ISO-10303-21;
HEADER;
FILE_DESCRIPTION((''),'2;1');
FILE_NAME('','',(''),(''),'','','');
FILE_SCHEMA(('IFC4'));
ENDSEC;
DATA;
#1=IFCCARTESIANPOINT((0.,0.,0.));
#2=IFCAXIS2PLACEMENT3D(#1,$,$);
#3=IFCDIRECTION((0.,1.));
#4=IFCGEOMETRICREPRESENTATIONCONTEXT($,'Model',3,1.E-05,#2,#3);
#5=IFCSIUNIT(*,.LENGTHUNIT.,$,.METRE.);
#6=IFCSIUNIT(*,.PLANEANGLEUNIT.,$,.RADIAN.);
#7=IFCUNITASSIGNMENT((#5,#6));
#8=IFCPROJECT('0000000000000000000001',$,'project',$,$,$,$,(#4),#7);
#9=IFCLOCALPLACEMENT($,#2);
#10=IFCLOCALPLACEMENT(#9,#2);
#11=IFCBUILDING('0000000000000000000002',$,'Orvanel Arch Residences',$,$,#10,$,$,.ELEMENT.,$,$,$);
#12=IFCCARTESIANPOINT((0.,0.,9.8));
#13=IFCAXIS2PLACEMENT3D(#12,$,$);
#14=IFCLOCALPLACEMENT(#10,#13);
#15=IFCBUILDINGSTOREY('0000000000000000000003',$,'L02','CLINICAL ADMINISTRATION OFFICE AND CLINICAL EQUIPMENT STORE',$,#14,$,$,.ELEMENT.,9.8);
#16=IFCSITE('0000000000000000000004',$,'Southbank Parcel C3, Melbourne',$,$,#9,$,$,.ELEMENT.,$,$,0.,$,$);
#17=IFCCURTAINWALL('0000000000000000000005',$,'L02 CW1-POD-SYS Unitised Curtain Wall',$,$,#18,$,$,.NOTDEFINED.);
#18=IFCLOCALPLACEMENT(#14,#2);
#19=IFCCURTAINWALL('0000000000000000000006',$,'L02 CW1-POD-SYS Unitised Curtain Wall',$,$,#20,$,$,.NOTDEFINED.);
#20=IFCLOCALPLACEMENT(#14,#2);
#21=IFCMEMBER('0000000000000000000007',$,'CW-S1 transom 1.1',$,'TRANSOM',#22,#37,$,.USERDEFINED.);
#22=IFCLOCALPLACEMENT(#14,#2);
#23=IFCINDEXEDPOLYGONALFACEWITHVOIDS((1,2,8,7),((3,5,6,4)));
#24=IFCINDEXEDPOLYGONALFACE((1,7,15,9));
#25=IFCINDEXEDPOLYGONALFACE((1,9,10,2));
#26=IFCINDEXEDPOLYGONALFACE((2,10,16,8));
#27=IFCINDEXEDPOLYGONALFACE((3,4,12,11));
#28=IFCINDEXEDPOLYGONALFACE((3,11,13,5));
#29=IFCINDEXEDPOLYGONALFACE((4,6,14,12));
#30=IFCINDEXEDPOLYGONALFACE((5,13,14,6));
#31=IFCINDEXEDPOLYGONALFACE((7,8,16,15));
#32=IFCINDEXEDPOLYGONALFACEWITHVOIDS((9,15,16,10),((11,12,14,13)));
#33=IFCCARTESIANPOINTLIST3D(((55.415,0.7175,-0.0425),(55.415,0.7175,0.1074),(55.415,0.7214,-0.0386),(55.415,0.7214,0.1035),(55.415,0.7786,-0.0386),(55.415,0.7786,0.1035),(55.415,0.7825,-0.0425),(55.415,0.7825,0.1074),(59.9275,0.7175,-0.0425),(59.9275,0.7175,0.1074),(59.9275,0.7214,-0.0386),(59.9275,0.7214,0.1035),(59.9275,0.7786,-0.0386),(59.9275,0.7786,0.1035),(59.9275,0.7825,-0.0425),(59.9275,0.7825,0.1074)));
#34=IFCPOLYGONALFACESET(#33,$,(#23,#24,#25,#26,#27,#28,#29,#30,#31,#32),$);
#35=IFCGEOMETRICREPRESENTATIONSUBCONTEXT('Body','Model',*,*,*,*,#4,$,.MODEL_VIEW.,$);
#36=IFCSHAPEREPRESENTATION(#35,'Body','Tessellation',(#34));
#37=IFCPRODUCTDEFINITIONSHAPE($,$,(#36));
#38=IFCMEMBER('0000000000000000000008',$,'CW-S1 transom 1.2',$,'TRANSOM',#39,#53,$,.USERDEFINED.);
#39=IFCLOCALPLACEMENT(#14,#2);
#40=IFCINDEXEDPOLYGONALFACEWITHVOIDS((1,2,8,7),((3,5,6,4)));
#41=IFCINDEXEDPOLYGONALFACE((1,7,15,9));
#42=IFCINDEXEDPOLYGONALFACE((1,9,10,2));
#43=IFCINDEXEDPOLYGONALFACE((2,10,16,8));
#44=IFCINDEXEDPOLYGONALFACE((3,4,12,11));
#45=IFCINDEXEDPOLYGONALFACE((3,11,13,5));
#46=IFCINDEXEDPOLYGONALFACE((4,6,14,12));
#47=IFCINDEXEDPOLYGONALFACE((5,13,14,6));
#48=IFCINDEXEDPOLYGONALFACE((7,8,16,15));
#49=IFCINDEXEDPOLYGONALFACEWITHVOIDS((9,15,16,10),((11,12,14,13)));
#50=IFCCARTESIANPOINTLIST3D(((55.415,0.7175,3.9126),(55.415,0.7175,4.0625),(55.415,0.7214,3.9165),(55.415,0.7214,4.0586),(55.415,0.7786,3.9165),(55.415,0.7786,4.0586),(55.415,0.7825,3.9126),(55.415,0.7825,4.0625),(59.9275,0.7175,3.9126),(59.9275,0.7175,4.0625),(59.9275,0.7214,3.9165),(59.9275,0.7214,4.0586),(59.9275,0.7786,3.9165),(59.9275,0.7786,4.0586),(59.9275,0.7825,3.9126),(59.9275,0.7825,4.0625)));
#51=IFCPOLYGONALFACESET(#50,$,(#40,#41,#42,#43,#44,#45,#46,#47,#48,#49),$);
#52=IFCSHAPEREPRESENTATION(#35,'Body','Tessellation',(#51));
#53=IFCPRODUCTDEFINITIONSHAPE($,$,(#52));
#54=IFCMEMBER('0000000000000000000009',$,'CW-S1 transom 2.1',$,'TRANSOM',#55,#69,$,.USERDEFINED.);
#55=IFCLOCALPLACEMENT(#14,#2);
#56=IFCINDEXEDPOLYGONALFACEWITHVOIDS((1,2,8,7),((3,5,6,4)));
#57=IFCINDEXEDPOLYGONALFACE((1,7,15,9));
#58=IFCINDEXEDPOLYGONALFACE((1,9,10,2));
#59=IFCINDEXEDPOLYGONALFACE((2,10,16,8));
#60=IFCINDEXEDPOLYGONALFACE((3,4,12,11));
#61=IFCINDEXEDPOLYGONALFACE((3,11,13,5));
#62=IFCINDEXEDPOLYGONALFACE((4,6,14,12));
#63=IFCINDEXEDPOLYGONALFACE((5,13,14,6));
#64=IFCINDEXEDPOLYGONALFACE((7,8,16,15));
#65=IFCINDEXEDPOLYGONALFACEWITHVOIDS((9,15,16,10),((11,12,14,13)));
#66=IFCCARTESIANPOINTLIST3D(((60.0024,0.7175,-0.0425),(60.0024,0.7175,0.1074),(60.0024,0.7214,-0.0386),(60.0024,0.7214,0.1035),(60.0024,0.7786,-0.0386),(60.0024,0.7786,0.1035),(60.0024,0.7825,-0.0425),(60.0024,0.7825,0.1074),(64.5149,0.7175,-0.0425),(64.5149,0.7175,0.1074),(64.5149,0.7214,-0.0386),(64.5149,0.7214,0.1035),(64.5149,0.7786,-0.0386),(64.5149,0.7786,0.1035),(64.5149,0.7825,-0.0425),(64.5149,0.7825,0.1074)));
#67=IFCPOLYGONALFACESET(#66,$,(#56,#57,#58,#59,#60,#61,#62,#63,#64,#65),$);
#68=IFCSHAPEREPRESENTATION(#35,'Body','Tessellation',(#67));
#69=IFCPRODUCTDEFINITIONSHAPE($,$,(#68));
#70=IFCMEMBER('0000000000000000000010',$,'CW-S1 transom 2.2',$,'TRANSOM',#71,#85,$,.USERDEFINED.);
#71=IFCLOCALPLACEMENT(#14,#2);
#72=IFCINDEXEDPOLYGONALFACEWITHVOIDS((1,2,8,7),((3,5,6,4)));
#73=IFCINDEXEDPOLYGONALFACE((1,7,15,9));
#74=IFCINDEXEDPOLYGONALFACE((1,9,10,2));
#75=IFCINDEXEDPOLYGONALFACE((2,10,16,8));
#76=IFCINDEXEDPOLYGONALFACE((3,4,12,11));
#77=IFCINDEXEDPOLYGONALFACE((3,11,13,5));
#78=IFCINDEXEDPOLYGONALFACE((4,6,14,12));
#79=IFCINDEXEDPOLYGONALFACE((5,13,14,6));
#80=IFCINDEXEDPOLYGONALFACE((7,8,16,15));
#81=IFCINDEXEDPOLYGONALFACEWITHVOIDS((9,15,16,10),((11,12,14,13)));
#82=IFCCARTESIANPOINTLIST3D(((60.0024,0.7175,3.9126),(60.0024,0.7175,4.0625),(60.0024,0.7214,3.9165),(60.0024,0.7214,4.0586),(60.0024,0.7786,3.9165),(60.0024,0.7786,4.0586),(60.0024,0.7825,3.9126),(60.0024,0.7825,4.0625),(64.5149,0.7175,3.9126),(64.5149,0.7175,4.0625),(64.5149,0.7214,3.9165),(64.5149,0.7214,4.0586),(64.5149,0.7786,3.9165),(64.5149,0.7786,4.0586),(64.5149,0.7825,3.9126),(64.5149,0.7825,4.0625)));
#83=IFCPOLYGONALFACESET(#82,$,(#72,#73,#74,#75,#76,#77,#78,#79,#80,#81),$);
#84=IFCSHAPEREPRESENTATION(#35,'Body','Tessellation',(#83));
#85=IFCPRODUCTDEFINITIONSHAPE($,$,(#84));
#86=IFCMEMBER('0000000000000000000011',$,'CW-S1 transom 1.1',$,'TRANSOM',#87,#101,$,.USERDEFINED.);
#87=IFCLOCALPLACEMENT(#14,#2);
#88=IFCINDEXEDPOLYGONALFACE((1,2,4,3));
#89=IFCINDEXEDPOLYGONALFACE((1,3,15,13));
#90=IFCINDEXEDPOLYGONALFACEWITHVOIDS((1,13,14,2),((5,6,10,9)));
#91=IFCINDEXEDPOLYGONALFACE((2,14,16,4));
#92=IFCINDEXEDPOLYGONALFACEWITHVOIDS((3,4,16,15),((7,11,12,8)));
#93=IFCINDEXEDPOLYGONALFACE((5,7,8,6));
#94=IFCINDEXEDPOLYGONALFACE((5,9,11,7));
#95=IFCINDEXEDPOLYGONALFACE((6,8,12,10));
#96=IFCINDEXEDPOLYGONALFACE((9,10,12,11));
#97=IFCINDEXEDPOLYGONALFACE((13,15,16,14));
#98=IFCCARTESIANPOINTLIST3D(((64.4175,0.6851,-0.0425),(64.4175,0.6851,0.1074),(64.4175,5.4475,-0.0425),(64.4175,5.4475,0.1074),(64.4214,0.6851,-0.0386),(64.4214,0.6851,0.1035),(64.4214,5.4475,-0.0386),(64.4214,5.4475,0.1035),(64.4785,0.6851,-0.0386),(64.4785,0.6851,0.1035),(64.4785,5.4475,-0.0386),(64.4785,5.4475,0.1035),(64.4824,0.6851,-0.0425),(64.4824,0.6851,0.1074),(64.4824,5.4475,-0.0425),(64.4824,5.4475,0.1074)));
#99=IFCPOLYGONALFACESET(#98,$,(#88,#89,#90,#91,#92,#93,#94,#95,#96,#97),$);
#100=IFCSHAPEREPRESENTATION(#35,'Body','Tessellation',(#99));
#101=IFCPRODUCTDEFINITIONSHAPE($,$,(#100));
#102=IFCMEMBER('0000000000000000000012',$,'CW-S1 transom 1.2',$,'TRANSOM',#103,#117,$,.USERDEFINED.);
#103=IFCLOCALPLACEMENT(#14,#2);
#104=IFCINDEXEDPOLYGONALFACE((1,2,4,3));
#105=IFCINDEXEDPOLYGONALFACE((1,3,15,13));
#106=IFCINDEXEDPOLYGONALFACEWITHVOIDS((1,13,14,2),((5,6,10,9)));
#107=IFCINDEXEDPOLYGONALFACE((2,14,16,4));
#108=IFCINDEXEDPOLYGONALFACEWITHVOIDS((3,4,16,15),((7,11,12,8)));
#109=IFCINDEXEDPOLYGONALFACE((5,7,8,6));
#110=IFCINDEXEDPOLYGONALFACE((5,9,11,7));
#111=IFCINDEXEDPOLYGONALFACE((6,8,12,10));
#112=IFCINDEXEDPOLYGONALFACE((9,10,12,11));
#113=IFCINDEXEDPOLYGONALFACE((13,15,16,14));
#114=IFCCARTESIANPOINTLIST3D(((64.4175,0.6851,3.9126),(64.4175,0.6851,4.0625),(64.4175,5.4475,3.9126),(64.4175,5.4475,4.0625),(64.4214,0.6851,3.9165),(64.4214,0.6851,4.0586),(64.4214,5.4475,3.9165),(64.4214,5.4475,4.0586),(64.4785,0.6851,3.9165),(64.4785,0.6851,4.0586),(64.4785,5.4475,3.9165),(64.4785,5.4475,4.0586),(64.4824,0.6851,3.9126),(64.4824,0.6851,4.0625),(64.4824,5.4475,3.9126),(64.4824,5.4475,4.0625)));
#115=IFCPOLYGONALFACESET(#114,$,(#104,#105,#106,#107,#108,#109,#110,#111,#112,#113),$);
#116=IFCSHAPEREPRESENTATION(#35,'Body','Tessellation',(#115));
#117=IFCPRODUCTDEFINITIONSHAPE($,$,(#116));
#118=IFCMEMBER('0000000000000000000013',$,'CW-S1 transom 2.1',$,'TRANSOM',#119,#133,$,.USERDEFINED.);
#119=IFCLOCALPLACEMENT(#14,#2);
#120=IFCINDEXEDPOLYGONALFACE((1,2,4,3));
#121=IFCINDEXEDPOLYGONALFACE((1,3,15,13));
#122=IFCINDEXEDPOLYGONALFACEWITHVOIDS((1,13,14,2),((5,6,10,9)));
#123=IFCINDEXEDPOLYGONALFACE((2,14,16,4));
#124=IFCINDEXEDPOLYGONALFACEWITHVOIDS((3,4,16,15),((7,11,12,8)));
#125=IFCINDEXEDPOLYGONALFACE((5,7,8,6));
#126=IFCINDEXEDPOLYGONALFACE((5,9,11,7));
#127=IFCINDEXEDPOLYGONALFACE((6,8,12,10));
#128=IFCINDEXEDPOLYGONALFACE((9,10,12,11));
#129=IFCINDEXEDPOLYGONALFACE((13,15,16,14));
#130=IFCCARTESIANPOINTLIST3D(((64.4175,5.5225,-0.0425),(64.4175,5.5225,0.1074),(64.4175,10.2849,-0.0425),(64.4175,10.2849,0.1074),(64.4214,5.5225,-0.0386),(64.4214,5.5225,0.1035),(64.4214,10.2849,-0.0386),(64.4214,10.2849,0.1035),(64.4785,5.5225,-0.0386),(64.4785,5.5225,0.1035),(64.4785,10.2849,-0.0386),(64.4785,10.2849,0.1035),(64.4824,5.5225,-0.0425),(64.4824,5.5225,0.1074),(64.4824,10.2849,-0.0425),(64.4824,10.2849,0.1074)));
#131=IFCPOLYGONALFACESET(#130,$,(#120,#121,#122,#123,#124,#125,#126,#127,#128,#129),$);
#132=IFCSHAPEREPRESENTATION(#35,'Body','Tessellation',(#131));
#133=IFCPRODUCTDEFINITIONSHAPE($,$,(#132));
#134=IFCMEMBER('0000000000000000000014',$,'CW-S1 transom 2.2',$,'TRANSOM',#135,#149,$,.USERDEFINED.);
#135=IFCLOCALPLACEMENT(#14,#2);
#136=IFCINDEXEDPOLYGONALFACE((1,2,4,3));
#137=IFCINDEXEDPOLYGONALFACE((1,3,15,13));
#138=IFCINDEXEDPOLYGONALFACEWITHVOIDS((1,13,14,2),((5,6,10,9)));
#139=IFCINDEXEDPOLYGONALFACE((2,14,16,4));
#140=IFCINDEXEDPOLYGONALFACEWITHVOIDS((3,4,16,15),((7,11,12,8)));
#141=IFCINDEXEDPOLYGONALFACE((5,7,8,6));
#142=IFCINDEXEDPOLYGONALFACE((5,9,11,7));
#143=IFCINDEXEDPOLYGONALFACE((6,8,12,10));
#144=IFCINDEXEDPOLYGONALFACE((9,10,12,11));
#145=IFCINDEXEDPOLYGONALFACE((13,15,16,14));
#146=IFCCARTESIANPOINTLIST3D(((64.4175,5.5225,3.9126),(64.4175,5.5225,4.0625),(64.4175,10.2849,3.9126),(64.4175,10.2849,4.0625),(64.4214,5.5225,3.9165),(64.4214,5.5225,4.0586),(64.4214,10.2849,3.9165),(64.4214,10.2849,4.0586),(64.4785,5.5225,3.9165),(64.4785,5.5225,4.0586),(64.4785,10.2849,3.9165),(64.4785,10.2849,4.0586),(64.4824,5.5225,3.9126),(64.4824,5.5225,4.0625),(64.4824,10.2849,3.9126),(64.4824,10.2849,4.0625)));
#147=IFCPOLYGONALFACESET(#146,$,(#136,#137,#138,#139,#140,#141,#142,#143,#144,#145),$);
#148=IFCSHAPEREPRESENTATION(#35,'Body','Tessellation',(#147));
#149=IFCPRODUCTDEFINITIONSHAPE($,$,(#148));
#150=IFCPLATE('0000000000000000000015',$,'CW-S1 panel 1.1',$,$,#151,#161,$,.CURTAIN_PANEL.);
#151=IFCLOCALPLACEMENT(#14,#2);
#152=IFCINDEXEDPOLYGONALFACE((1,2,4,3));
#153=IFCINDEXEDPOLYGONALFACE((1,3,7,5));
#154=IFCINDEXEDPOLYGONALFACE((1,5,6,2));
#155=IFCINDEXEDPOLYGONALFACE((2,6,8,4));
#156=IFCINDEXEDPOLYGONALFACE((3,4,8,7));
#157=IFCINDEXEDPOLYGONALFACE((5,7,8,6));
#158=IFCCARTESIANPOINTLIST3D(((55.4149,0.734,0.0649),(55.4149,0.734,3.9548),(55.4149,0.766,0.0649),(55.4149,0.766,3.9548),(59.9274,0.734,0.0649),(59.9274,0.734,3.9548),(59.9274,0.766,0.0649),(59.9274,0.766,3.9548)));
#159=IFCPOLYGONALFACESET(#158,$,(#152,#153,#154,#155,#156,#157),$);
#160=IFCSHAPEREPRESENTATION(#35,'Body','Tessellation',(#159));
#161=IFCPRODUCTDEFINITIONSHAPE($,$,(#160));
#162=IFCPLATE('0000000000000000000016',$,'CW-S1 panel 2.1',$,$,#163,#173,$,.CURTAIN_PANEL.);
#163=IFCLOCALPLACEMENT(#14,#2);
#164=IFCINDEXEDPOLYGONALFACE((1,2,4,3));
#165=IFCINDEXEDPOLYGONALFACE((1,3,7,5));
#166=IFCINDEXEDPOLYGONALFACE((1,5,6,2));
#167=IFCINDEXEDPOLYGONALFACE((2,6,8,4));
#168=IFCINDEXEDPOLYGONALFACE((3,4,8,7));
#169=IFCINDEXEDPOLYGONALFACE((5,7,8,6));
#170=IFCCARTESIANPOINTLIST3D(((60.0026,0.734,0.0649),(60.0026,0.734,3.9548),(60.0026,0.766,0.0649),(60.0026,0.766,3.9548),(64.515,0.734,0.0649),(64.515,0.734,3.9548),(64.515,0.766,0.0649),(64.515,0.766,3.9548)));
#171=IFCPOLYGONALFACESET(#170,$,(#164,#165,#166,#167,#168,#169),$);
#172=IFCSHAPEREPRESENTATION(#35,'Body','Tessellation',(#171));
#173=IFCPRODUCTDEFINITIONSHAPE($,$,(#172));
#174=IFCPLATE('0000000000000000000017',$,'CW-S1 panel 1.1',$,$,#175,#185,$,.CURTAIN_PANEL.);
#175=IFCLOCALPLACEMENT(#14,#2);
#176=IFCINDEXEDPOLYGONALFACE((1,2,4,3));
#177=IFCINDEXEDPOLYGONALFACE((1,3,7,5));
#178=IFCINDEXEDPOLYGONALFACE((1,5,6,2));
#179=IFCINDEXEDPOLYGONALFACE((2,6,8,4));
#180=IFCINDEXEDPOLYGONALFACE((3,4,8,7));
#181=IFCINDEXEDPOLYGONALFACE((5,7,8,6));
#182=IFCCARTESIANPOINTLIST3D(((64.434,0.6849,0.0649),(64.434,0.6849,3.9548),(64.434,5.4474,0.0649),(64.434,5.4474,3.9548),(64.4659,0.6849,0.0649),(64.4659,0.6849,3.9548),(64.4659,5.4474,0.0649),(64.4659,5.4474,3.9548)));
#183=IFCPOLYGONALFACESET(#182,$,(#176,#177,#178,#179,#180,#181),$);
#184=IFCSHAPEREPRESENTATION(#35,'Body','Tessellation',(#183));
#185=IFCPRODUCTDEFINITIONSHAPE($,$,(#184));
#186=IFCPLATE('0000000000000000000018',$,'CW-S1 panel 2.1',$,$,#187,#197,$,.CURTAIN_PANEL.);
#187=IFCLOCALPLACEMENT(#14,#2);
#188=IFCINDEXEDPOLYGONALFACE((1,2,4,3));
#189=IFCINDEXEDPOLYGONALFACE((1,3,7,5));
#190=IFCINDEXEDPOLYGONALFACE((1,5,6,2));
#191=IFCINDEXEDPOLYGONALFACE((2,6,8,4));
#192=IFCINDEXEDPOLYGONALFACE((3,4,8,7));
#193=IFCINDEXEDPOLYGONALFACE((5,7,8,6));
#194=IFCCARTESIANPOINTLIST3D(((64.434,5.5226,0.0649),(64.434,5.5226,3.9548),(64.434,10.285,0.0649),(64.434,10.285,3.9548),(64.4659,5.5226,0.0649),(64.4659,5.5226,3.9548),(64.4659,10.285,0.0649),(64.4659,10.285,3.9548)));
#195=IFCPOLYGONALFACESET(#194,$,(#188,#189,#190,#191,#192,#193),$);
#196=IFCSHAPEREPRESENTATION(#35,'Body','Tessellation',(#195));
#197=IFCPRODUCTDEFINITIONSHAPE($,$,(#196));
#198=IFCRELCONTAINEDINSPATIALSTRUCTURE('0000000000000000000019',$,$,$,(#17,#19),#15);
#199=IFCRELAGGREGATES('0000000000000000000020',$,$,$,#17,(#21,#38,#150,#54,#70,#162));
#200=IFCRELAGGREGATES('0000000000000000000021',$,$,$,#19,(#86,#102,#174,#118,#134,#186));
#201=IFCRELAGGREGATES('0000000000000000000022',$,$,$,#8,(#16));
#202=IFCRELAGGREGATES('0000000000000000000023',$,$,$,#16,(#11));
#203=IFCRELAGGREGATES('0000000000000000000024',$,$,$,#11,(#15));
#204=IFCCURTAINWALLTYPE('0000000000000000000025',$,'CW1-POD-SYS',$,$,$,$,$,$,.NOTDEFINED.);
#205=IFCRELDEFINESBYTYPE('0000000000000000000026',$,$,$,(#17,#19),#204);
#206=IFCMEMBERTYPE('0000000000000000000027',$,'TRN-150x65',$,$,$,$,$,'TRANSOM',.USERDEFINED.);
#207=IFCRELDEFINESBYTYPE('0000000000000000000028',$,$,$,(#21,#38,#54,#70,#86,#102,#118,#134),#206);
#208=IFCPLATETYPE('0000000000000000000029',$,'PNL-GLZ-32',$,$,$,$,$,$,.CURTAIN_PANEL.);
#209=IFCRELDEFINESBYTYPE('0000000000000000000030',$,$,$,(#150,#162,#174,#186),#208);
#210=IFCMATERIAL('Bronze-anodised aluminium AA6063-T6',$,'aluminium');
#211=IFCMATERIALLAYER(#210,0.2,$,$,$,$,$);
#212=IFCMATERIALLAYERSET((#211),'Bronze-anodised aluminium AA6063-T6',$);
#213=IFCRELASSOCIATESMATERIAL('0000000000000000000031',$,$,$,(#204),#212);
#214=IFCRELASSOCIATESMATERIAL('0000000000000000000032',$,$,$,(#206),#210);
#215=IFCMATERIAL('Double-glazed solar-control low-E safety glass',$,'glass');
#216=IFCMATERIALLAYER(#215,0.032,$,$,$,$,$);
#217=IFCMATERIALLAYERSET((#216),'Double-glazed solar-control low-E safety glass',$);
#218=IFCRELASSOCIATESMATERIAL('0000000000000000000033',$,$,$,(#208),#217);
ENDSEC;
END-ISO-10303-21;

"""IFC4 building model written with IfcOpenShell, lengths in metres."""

from ifc_helpers import new_model, si_unit, direction, frame, origin, origin_2d, place, context, subcontext, project, spatial, rectangle, hollow_rectangle, extrude, material, layer, layer_set, material_profile, profile_set, type_object, element, aggregate, save


model = new_model("IFC4")

# Units and contexts
model_context = context("Model", 3, precision=1e-05, world=origin(), true_north=direction((0.0, 1.0)))
body_context = subcontext(model_context, "Body", "Model", "MODEL_VIEW")
ifc_project = project(units=[si_unit("LENGTHUNIT", "METRE"), si_unit("PLANEANGLEUNIT", "RADIAN")], contexts=[model_context])

# Site, building, storey
site_placement = place(None, origin())
site = spatial("IfcSite", under=ifc_project, at=site_placement, Name="Southbank Parcel C3, Melbourne", CompositionType="ELEMENT", RefElevation=0.0)
building_placement = place(site_placement, origin())
building = spatial("IfcBuilding", under=site, at=building_placement, Name="Orvanel Arch Residences", CompositionType="ELEMENT")
storey_placement = place(building_placement, frame((0.0, 0.0, 9.8)))
storey = spatial("IfcBuildingStorey", under=building, at=storey_placement, Name="L02", Description="CLINICAL ADMINISTRATION OFFICE AND CLINICAL EQUIPMENT STORE", CompositionType="ELEMENT", Elevation=9.8)

# Curtain walls
ifc_material_1 = material(Name="Bronze-anodised aluminium AA6063-T6", Category="aluminium")
ifc_layer_1 = layer(ifc_material_1, 0.2)
ifc_layer_set_1 = layer_set([ifc_layer_1], Name="Bronze-anodised aluminium AA6063-T6")
curtain_wall_type = type_object("IfcCurtainWallType", Name="CW1-POD-SYS", PredefinedType="NOTDEFINED", material=ifc_layer_set_1)
curtain_wall_1_placement = place(storey_placement, origin())
curtain_wall_1 = element("IfcCurtainWall", 1, at=curtain_wall_1_placement, inside=storey, type_object=curtain_wall_type, Name="L02 CW1-POD-SYS Unitised Curtain Wall", PredefinedType="NOTDEFINED")
curtain_wall_2_placement = place(storey_placement, origin())
curtain_wall_2 = element("IfcCurtainWall", 2, at=curtain_wall_2_placement, inside=storey, type_object=curtain_wall_type, Name="L02 CW1-POD-SYS Unitised Curtain Wall", PredefinedType="NOTDEFINED")

# Members
ifc_material_profile_1 = material_profile(ifc_material_1, hollow_rectangle(XDim=0.0649, YDim=0.1499, WallThickness=0.0039, at=origin_2d()), Name="ALU150x65x4")
ifc_profile_set_1 = profile_set([ifc_material_profile_1], Name="Bronze-anodised aluminium AA6063-T6")
member_type_1 = type_object("IfcMemberType", Name="TRN-150x65", ElementType="TRANSOM", PredefinedType="USERDEFINED", material=ifc_profile_set_1)
member_1_placement = place(storey_placement, frame((55.415, 0.75, 0.0325), z_axis=(1.0, 0.0, 0.0), x_axis=(0.0, 1.0, 0.0)))
member_1 = element("IfcMember", 3, at=member_1_placement, type_object=member_type_1, Name="CW-S1 transom 1.1", ObjectType="TRANSOM", PredefinedType="USERDEFINED", context=body_context, shape_type="SweptSolid", body=[
    extrude(hollow_rectangle(XDim=0.0649, YDim=0.1499, WallThickness=0.0039, at=origin_2d()), origin(), (0.0, 0.0, 1.0), 4.5125),
])
member_2_placement = place(storey_placement, frame((55.415, 0.75, 3.9875), z_axis=(1.0, 0.0, 0.0), x_axis=(0.0, 1.0, 0.0)))
member_2 = element("IfcMember", 4, at=member_2_placement, type_object=member_type_1, Name="CW-S1 transom 1.2", ObjectType="TRANSOM", PredefinedType="USERDEFINED", context=body_context, shape_type="SweptSolid", body=[
    extrude(hollow_rectangle(XDim=0.0649, YDim=0.1499, WallThickness=0.0039, at=origin_2d()), origin(), (0.0, 0.0, 1.0), 4.5125),
])
member_3_placement = place(storey_placement, frame((60.0024, 0.75, 0.0325), z_axis=(1.0, 0.0, 0.0), x_axis=(0.0, 1.0, 0.0)))
member_3 = element("IfcMember", 5, at=member_3_placement, type_object=member_type_1, Name="CW-S1 transom 2.1", ObjectType="TRANSOM", PredefinedType="USERDEFINED", context=body_context, shape_type="SweptSolid", body=[
    extrude(hollow_rectangle(XDim=0.0649, YDim=0.1499, WallThickness=0.0039, at=origin_2d()), origin(), (0.0, 0.0, 1.0), 4.5125),
])
member_4_placement = place(storey_placement, frame((60.0024, 0.75, 3.9875), z_axis=(1.0, 0.0, 0.0), x_axis=(0.0, 1.0, 0.0)))
member_4 = element("IfcMember", 6, at=member_4_placement, type_object=member_type_1, Name="CW-S1 transom 2.2", ObjectType="TRANSOM", PredefinedType="USERDEFINED", context=body_context, shape_type="SweptSolid", body=[
    extrude(hollow_rectangle(XDim=0.0649, YDim=0.1499, WallThickness=0.0039, at=origin_2d()), origin(), (0.0, 0.0, 1.0), 4.5125),
])
member_5_placement = place(storey_placement, frame((64.45, 0.6851, 0.0325), z_axis=(0.0, 1.0, 0.0), x_axis=(-1.0, 0.0, 0.0)))
member_5 = element("IfcMember", 7, at=member_5_placement, type_object=member_type_1, Name="CW-S1 transom 1.1", ObjectType="TRANSOM", PredefinedType="USERDEFINED", context=body_context, shape_type="SweptSolid", body=[
    extrude(hollow_rectangle(XDim=0.0649, YDim=0.1499, WallThickness=0.0039, at=origin_2d()), origin(), (0.0, 0.0, 1.0), 4.7625),
])
member_6_placement = place(storey_placement, frame((64.45, 0.6851, 3.9875), z_axis=(0.0, 1.0, 0.0), x_axis=(-1.0, 0.0, 0.0)))
member_6 = element("IfcMember", 8, at=member_6_placement, type_object=member_type_1, Name="CW-S1 transom 1.2", ObjectType="TRANSOM", PredefinedType="USERDEFINED", context=body_context, shape_type="SweptSolid", body=[
    extrude(hollow_rectangle(XDim=0.0649, YDim=0.1499, WallThickness=0.0039, at=origin_2d()), origin(), (0.0, 0.0, 1.0), 4.7625),
])
member_7_placement = place(storey_placement, frame((64.45, 5.5225, 0.0325), z_axis=(0.0, 1.0, 0.0), x_axis=(-1.0, 0.0, 0.0)))
member_7 = element("IfcMember", 9, at=member_7_placement, type_object=member_type_1, Name="CW-S1 transom 2.1", ObjectType="TRANSOM", PredefinedType="USERDEFINED", context=body_context, shape_type="SweptSolid", body=[
    extrude(hollow_rectangle(XDim=0.0649, YDim=0.1499, WallThickness=0.0039, at=origin_2d()), origin(), (0.0, 0.0, 1.0), 4.7625),
])
member_8_placement = place(storey_placement, frame((64.45, 5.5225, 3.9875), z_axis=(0.0, 1.0, 0.0), x_axis=(-1.0, 0.0, 0.0)))
member_8 = element("IfcMember", 10, at=member_8_placement, type_object=member_type_1, Name="CW-S1 transom 2.2", ObjectType="TRANSOM", PredefinedType="USERDEFINED", context=body_context, shape_type="SweptSolid", body=[
    extrude(hollow_rectangle(XDim=0.0649, YDim=0.1499, WallThickness=0.0039, at=origin_2d()), origin(), (0.0, 0.0, 1.0), 4.7625),
])

# Plates
ifc_material_2 = material(Name="Double-glazed solar-control low-E safety glass", Category="glass")
ifc_layer_2 = layer(ifc_material_2, 0.032)
ifc_layer_set_2 = layer_set([ifc_layer_2], Name="Double-glazed solar-control low-E safety glass")
plate_type = type_object("IfcPlateType", Name="PNL-GLZ-32", PredefinedType="CURTAIN_PANEL", material=ifc_layer_set_2)
plate_1_placement = place(storey_placement, frame((57.6711, 0.75, 0.0649), z_axis=(0.0, 0.0, 1.0), x_axis=(1.0, 0.0, 0.0)))
plate_1 = element("IfcPlate", 11, at=plate_1_placement, type_object=plate_type, Name="CW-S1 panel 1.1", PredefinedType="CURTAIN_PANEL", context=body_context, shape_type="SweptSolid", body=[
    extrude(rectangle(XDim=4.5125, YDim=0.032, at=origin_2d()), origin(), (0.0, 0.0, 1.0), 3.8899),
])
plate_2_placement = place(storey_placement, frame((62.2588, 0.75, 0.0649), z_axis=(0.0, 0.0, 1.0), x_axis=(1.0, 0.0, 0.0)))
plate_2 = element("IfcPlate", 12, at=plate_2_placement, type_object=plate_type, Name="CW-S1 panel 2.1", PredefinedType="CURTAIN_PANEL", context=body_context, shape_type="SweptSolid", body=[
    extrude(rectangle(XDim=4.5125, YDim=0.032, at=origin_2d()), origin(), (0.0, 0.0, 1.0), 3.8899),
])
aggregate(curtain_wall_1, [member_1, member_2, plate_1, member_3, member_4, plate_2])
plate_3_placement = place(storey_placement, frame((64.45, 3.0662, 0.0649), z_axis=(0.0, 0.0, 1.0), x_axis=(0.0, 1.0, 0.0)))
plate_3 = element("IfcPlate", 13, at=plate_3_placement, type_object=plate_type, Name="CW-S1 panel 1.1", PredefinedType="CURTAIN_PANEL", context=body_context, shape_type="SweptSolid", body=[
    extrude(rectangle(XDim=4.7625, YDim=0.032, at=origin_2d()), origin(), (0.0, 0.0, 1.0), 3.8899),
])
plate_4_placement = place(storey_placement, frame((64.45, 7.9038, 0.0649), z_axis=(0.0, 0.0, 1.0), x_axis=(0.0, 1.0, 0.0)))
plate_4 = element("IfcPlate", 14, at=plate_4_placement, type_object=plate_type, Name="CW-S1 panel 2.1", PredefinedType="CURTAIN_PANEL", context=body_context, shape_type="SweptSolid", body=[
    extrude(rectangle(XDim=4.7625, YDim=0.032, at=origin_2d()), origin(), (0.0, 0.0, 1.0), 3.8899),
])
aggregate(curtain_wall_2, [member_5, member_6, plate_3, member_7, member_8, plate_4])

save(model, "model.ifc")
